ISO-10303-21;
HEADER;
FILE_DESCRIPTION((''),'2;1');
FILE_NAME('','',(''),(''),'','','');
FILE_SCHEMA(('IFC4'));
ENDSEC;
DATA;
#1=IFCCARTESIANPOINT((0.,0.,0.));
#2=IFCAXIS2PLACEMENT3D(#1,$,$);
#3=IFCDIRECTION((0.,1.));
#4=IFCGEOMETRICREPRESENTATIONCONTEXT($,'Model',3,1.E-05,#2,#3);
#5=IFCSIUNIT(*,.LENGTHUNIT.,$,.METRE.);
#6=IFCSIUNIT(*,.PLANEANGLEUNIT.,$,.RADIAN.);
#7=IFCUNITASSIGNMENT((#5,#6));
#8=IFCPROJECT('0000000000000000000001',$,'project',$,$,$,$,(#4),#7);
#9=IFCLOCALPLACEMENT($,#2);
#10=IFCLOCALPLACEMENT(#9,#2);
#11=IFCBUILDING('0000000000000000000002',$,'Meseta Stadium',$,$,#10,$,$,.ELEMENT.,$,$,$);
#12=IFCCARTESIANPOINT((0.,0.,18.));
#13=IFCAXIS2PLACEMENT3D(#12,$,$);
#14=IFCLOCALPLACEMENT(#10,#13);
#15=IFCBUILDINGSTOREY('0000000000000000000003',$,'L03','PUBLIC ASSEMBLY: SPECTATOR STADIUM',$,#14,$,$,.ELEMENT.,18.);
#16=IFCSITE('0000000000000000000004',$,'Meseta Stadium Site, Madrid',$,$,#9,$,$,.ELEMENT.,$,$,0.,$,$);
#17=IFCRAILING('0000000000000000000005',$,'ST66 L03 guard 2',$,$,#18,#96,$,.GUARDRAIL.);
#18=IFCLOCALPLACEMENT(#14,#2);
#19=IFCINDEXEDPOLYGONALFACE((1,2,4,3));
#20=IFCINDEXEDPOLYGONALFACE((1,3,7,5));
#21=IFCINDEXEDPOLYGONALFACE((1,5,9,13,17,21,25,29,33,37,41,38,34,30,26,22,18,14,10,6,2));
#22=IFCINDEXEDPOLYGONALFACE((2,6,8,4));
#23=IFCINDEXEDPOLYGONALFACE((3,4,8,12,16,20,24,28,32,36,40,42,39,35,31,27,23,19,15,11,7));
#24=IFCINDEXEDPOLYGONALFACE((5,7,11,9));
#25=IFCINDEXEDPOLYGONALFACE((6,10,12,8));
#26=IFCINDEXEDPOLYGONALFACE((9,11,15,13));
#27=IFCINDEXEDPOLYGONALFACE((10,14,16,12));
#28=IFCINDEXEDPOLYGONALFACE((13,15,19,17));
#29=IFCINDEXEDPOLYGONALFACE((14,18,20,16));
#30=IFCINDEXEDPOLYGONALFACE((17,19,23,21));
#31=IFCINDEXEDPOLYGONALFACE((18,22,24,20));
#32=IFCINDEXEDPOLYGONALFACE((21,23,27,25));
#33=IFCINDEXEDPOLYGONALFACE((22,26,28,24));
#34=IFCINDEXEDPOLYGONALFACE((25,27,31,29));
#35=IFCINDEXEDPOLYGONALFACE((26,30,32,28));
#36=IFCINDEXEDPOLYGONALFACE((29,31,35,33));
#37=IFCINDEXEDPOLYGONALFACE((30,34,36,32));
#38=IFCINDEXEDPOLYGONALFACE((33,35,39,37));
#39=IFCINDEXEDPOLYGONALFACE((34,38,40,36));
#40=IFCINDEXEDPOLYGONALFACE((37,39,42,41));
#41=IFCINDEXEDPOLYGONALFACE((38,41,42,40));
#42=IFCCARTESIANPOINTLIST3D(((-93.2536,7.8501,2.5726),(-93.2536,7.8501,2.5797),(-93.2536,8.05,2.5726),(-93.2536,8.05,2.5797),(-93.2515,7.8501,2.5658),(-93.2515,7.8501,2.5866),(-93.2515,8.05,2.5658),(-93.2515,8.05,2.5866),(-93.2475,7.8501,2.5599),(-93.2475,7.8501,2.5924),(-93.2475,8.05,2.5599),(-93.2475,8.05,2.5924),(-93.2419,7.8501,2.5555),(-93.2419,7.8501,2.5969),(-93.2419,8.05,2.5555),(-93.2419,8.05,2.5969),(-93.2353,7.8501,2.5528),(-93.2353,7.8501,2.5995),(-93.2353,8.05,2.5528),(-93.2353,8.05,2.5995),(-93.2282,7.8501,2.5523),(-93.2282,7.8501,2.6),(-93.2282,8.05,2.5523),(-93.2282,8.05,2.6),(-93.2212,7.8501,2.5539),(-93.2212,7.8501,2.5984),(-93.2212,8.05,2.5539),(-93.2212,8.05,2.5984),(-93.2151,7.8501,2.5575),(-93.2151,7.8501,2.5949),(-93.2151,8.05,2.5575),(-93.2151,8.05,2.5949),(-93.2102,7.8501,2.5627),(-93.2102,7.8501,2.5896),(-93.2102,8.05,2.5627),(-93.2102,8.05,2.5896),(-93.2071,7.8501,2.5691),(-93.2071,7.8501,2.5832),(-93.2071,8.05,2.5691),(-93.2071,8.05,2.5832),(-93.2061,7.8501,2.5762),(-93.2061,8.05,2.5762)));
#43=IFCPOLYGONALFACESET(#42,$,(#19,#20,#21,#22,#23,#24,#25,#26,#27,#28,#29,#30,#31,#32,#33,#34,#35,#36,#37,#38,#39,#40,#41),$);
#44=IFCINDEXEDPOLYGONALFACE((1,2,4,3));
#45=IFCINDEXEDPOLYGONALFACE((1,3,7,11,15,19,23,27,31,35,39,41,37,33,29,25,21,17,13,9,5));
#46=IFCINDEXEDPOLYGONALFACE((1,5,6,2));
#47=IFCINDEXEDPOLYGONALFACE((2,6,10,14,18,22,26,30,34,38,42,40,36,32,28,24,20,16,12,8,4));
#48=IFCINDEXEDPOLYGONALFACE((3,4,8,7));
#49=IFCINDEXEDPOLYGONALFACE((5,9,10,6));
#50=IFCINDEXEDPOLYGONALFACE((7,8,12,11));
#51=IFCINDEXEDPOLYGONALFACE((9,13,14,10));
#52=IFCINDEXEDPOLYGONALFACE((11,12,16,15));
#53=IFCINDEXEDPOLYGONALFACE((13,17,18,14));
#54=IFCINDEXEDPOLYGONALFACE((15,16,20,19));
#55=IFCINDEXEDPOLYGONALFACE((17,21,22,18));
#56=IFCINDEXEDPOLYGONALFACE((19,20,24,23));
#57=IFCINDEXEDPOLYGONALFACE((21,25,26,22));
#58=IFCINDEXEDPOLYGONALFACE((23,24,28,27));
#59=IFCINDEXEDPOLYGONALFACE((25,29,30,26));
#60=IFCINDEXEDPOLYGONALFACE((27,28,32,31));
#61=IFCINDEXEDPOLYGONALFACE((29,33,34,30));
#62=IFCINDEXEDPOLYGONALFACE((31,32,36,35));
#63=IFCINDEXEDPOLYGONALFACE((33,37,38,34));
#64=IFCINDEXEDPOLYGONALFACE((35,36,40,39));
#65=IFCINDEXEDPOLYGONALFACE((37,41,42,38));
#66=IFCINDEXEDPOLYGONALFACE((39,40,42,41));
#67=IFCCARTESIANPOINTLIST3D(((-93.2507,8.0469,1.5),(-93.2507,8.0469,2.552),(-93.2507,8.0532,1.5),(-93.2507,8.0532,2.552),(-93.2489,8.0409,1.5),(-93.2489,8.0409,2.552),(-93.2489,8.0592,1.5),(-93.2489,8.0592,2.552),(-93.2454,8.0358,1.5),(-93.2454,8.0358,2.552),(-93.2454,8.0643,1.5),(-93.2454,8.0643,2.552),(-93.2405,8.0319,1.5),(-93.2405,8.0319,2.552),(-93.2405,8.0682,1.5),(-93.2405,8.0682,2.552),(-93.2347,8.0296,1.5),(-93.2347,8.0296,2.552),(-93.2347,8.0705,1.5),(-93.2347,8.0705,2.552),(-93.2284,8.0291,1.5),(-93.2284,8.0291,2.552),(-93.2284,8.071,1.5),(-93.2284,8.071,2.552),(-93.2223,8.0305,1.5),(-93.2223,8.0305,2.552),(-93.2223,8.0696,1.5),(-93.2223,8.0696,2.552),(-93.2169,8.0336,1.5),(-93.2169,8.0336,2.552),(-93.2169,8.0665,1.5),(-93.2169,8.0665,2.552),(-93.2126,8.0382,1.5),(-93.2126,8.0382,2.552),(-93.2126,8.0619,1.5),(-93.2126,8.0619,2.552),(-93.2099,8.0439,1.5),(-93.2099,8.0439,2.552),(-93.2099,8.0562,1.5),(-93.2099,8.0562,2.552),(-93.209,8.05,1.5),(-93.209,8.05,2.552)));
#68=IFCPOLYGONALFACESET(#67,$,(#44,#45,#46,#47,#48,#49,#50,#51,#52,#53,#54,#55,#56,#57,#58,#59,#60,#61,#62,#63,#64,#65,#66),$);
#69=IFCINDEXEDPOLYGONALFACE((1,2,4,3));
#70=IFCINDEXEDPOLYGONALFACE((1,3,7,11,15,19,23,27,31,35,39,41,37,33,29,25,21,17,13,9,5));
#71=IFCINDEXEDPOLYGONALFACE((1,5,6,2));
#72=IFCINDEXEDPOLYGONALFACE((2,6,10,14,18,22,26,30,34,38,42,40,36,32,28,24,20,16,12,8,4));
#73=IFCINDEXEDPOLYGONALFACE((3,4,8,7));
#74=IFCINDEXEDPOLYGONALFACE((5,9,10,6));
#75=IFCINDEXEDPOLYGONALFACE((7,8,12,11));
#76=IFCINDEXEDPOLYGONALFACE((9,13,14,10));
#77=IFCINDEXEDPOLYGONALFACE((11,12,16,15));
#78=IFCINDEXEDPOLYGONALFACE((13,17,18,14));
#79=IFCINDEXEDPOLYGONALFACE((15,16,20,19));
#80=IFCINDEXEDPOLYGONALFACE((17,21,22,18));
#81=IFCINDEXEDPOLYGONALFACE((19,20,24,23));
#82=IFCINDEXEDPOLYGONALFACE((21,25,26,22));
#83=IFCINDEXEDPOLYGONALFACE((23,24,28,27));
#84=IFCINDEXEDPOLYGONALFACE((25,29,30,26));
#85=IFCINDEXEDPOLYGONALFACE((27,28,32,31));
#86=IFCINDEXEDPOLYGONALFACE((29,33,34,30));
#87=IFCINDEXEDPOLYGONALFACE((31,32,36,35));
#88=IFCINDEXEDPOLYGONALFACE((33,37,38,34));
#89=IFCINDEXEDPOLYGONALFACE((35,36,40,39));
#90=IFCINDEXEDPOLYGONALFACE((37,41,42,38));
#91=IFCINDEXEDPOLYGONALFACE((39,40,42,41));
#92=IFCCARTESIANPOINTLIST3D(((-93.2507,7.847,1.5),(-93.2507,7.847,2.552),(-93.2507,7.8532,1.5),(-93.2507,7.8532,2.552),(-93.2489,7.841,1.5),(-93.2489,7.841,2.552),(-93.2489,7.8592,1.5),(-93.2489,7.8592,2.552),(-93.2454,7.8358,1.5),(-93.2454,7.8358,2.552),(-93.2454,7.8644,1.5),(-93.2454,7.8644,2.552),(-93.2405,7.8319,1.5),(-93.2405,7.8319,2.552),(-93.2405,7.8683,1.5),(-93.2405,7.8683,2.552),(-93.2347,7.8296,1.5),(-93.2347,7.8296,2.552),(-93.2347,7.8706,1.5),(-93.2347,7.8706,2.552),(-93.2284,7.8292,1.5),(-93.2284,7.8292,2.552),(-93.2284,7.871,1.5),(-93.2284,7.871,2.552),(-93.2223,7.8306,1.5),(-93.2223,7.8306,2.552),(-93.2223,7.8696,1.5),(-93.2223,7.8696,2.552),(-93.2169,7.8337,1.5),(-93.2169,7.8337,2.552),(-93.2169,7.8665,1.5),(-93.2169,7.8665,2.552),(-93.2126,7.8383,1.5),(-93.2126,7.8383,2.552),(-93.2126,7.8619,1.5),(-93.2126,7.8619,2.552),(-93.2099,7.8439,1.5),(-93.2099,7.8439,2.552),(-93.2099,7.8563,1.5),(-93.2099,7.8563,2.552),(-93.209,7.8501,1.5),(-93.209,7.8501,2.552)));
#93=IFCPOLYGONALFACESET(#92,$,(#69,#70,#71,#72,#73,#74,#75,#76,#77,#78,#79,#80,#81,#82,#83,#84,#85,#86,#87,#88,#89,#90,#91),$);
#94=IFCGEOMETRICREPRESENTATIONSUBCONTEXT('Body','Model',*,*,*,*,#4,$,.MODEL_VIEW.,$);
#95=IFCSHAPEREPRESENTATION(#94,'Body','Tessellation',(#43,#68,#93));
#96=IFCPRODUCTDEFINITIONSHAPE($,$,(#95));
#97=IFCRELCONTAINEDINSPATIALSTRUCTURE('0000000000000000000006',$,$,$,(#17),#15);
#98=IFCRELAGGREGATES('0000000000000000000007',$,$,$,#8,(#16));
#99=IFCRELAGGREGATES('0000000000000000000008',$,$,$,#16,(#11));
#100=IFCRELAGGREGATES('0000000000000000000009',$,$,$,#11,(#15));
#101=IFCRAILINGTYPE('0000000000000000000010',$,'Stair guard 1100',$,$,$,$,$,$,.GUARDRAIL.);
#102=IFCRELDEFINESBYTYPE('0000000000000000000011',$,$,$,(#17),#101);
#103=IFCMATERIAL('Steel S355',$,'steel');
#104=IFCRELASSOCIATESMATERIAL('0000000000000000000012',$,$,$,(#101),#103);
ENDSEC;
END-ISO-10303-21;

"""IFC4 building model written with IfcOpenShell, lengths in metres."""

from ifc_helpers import new_model, si_unit, direction, frame, origin, origin_2d, place, context, subcontext, project, spatial, circle, extrude, material, type_object, element, save


model = new_model("IFC4")

# Units and contexts
model_context = context("Model", 3, precision=1e-05, world=origin(), true_north=direction((0.0, 1.0)))
body_context = subcontext(model_context, "Body", "Model", "MODEL_VIEW")
ifc_project = project(units=[si_unit("LENGTHUNIT", "METRE"), si_unit("PLANEANGLEUNIT", "RADIAN")], contexts=[model_context])

# Site, building, storey
site_placement = place(None, origin())
site = spatial("IfcSite", under=ifc_project, at=site_placement, Name="Meseta Stadium Site, Madrid", CompositionType="ELEMENT", RefElevation=0.0)
building_placement = place(site_placement, origin())
building = spatial("IfcBuilding", under=site, at=building_placement, Name="Meseta Stadium", CompositionType="ELEMENT")
storey_placement = place(building_placement, frame((0.0, 0.0, 18.0)))
storey = spatial("IfcBuildingStorey", under=building, at=storey_placement, Name="L03", Description="PUBLIC ASSEMBLY: SPECTATOR STADIUM", CompositionType="ELEMENT", Elevation=18.0)

# Railing
ifc_material_1 = material(Name="Steel S355", Category="steel")
railing_type_1 = type_object("IfcRailingType", Name="Stair guard 1100", PredefinedType="GUARDRAIL", material=ifc_material_1)
for number, where, name in (
    (1, (-93.23, 8.05, 1.5), "ST66 L03 guard 2"),
):
    element("IfcRailing", number, at=place(storey_placement, frame(where)), inside=storey, type_object=railing_type_1, Name=name, PredefinedType="GUARDRAIL", context=body_context, shape_type="SweptSolid", body=[
        extrude(circle(Radius=0.0239, at=origin_2d()), frame((0.0, 0.0, 1.0762), z_axis=(0.0, -1.0, 0.0), x_axis=(1.0, 0.0, 0.0)), (0.0, 0.0, 1.0), 0.2),
        extrude(circle(Radius=0.021, at=origin_2d()), origin(), (0.0, 0.0, 1.0), 1.052),
        extrude(circle(Radius=0.021, at=origin_2d()), frame((0.0, -0.2, 0.0)), (0.0, 0.0, 1.0), 1.052),
    ])

save(model, "model.ifc")
